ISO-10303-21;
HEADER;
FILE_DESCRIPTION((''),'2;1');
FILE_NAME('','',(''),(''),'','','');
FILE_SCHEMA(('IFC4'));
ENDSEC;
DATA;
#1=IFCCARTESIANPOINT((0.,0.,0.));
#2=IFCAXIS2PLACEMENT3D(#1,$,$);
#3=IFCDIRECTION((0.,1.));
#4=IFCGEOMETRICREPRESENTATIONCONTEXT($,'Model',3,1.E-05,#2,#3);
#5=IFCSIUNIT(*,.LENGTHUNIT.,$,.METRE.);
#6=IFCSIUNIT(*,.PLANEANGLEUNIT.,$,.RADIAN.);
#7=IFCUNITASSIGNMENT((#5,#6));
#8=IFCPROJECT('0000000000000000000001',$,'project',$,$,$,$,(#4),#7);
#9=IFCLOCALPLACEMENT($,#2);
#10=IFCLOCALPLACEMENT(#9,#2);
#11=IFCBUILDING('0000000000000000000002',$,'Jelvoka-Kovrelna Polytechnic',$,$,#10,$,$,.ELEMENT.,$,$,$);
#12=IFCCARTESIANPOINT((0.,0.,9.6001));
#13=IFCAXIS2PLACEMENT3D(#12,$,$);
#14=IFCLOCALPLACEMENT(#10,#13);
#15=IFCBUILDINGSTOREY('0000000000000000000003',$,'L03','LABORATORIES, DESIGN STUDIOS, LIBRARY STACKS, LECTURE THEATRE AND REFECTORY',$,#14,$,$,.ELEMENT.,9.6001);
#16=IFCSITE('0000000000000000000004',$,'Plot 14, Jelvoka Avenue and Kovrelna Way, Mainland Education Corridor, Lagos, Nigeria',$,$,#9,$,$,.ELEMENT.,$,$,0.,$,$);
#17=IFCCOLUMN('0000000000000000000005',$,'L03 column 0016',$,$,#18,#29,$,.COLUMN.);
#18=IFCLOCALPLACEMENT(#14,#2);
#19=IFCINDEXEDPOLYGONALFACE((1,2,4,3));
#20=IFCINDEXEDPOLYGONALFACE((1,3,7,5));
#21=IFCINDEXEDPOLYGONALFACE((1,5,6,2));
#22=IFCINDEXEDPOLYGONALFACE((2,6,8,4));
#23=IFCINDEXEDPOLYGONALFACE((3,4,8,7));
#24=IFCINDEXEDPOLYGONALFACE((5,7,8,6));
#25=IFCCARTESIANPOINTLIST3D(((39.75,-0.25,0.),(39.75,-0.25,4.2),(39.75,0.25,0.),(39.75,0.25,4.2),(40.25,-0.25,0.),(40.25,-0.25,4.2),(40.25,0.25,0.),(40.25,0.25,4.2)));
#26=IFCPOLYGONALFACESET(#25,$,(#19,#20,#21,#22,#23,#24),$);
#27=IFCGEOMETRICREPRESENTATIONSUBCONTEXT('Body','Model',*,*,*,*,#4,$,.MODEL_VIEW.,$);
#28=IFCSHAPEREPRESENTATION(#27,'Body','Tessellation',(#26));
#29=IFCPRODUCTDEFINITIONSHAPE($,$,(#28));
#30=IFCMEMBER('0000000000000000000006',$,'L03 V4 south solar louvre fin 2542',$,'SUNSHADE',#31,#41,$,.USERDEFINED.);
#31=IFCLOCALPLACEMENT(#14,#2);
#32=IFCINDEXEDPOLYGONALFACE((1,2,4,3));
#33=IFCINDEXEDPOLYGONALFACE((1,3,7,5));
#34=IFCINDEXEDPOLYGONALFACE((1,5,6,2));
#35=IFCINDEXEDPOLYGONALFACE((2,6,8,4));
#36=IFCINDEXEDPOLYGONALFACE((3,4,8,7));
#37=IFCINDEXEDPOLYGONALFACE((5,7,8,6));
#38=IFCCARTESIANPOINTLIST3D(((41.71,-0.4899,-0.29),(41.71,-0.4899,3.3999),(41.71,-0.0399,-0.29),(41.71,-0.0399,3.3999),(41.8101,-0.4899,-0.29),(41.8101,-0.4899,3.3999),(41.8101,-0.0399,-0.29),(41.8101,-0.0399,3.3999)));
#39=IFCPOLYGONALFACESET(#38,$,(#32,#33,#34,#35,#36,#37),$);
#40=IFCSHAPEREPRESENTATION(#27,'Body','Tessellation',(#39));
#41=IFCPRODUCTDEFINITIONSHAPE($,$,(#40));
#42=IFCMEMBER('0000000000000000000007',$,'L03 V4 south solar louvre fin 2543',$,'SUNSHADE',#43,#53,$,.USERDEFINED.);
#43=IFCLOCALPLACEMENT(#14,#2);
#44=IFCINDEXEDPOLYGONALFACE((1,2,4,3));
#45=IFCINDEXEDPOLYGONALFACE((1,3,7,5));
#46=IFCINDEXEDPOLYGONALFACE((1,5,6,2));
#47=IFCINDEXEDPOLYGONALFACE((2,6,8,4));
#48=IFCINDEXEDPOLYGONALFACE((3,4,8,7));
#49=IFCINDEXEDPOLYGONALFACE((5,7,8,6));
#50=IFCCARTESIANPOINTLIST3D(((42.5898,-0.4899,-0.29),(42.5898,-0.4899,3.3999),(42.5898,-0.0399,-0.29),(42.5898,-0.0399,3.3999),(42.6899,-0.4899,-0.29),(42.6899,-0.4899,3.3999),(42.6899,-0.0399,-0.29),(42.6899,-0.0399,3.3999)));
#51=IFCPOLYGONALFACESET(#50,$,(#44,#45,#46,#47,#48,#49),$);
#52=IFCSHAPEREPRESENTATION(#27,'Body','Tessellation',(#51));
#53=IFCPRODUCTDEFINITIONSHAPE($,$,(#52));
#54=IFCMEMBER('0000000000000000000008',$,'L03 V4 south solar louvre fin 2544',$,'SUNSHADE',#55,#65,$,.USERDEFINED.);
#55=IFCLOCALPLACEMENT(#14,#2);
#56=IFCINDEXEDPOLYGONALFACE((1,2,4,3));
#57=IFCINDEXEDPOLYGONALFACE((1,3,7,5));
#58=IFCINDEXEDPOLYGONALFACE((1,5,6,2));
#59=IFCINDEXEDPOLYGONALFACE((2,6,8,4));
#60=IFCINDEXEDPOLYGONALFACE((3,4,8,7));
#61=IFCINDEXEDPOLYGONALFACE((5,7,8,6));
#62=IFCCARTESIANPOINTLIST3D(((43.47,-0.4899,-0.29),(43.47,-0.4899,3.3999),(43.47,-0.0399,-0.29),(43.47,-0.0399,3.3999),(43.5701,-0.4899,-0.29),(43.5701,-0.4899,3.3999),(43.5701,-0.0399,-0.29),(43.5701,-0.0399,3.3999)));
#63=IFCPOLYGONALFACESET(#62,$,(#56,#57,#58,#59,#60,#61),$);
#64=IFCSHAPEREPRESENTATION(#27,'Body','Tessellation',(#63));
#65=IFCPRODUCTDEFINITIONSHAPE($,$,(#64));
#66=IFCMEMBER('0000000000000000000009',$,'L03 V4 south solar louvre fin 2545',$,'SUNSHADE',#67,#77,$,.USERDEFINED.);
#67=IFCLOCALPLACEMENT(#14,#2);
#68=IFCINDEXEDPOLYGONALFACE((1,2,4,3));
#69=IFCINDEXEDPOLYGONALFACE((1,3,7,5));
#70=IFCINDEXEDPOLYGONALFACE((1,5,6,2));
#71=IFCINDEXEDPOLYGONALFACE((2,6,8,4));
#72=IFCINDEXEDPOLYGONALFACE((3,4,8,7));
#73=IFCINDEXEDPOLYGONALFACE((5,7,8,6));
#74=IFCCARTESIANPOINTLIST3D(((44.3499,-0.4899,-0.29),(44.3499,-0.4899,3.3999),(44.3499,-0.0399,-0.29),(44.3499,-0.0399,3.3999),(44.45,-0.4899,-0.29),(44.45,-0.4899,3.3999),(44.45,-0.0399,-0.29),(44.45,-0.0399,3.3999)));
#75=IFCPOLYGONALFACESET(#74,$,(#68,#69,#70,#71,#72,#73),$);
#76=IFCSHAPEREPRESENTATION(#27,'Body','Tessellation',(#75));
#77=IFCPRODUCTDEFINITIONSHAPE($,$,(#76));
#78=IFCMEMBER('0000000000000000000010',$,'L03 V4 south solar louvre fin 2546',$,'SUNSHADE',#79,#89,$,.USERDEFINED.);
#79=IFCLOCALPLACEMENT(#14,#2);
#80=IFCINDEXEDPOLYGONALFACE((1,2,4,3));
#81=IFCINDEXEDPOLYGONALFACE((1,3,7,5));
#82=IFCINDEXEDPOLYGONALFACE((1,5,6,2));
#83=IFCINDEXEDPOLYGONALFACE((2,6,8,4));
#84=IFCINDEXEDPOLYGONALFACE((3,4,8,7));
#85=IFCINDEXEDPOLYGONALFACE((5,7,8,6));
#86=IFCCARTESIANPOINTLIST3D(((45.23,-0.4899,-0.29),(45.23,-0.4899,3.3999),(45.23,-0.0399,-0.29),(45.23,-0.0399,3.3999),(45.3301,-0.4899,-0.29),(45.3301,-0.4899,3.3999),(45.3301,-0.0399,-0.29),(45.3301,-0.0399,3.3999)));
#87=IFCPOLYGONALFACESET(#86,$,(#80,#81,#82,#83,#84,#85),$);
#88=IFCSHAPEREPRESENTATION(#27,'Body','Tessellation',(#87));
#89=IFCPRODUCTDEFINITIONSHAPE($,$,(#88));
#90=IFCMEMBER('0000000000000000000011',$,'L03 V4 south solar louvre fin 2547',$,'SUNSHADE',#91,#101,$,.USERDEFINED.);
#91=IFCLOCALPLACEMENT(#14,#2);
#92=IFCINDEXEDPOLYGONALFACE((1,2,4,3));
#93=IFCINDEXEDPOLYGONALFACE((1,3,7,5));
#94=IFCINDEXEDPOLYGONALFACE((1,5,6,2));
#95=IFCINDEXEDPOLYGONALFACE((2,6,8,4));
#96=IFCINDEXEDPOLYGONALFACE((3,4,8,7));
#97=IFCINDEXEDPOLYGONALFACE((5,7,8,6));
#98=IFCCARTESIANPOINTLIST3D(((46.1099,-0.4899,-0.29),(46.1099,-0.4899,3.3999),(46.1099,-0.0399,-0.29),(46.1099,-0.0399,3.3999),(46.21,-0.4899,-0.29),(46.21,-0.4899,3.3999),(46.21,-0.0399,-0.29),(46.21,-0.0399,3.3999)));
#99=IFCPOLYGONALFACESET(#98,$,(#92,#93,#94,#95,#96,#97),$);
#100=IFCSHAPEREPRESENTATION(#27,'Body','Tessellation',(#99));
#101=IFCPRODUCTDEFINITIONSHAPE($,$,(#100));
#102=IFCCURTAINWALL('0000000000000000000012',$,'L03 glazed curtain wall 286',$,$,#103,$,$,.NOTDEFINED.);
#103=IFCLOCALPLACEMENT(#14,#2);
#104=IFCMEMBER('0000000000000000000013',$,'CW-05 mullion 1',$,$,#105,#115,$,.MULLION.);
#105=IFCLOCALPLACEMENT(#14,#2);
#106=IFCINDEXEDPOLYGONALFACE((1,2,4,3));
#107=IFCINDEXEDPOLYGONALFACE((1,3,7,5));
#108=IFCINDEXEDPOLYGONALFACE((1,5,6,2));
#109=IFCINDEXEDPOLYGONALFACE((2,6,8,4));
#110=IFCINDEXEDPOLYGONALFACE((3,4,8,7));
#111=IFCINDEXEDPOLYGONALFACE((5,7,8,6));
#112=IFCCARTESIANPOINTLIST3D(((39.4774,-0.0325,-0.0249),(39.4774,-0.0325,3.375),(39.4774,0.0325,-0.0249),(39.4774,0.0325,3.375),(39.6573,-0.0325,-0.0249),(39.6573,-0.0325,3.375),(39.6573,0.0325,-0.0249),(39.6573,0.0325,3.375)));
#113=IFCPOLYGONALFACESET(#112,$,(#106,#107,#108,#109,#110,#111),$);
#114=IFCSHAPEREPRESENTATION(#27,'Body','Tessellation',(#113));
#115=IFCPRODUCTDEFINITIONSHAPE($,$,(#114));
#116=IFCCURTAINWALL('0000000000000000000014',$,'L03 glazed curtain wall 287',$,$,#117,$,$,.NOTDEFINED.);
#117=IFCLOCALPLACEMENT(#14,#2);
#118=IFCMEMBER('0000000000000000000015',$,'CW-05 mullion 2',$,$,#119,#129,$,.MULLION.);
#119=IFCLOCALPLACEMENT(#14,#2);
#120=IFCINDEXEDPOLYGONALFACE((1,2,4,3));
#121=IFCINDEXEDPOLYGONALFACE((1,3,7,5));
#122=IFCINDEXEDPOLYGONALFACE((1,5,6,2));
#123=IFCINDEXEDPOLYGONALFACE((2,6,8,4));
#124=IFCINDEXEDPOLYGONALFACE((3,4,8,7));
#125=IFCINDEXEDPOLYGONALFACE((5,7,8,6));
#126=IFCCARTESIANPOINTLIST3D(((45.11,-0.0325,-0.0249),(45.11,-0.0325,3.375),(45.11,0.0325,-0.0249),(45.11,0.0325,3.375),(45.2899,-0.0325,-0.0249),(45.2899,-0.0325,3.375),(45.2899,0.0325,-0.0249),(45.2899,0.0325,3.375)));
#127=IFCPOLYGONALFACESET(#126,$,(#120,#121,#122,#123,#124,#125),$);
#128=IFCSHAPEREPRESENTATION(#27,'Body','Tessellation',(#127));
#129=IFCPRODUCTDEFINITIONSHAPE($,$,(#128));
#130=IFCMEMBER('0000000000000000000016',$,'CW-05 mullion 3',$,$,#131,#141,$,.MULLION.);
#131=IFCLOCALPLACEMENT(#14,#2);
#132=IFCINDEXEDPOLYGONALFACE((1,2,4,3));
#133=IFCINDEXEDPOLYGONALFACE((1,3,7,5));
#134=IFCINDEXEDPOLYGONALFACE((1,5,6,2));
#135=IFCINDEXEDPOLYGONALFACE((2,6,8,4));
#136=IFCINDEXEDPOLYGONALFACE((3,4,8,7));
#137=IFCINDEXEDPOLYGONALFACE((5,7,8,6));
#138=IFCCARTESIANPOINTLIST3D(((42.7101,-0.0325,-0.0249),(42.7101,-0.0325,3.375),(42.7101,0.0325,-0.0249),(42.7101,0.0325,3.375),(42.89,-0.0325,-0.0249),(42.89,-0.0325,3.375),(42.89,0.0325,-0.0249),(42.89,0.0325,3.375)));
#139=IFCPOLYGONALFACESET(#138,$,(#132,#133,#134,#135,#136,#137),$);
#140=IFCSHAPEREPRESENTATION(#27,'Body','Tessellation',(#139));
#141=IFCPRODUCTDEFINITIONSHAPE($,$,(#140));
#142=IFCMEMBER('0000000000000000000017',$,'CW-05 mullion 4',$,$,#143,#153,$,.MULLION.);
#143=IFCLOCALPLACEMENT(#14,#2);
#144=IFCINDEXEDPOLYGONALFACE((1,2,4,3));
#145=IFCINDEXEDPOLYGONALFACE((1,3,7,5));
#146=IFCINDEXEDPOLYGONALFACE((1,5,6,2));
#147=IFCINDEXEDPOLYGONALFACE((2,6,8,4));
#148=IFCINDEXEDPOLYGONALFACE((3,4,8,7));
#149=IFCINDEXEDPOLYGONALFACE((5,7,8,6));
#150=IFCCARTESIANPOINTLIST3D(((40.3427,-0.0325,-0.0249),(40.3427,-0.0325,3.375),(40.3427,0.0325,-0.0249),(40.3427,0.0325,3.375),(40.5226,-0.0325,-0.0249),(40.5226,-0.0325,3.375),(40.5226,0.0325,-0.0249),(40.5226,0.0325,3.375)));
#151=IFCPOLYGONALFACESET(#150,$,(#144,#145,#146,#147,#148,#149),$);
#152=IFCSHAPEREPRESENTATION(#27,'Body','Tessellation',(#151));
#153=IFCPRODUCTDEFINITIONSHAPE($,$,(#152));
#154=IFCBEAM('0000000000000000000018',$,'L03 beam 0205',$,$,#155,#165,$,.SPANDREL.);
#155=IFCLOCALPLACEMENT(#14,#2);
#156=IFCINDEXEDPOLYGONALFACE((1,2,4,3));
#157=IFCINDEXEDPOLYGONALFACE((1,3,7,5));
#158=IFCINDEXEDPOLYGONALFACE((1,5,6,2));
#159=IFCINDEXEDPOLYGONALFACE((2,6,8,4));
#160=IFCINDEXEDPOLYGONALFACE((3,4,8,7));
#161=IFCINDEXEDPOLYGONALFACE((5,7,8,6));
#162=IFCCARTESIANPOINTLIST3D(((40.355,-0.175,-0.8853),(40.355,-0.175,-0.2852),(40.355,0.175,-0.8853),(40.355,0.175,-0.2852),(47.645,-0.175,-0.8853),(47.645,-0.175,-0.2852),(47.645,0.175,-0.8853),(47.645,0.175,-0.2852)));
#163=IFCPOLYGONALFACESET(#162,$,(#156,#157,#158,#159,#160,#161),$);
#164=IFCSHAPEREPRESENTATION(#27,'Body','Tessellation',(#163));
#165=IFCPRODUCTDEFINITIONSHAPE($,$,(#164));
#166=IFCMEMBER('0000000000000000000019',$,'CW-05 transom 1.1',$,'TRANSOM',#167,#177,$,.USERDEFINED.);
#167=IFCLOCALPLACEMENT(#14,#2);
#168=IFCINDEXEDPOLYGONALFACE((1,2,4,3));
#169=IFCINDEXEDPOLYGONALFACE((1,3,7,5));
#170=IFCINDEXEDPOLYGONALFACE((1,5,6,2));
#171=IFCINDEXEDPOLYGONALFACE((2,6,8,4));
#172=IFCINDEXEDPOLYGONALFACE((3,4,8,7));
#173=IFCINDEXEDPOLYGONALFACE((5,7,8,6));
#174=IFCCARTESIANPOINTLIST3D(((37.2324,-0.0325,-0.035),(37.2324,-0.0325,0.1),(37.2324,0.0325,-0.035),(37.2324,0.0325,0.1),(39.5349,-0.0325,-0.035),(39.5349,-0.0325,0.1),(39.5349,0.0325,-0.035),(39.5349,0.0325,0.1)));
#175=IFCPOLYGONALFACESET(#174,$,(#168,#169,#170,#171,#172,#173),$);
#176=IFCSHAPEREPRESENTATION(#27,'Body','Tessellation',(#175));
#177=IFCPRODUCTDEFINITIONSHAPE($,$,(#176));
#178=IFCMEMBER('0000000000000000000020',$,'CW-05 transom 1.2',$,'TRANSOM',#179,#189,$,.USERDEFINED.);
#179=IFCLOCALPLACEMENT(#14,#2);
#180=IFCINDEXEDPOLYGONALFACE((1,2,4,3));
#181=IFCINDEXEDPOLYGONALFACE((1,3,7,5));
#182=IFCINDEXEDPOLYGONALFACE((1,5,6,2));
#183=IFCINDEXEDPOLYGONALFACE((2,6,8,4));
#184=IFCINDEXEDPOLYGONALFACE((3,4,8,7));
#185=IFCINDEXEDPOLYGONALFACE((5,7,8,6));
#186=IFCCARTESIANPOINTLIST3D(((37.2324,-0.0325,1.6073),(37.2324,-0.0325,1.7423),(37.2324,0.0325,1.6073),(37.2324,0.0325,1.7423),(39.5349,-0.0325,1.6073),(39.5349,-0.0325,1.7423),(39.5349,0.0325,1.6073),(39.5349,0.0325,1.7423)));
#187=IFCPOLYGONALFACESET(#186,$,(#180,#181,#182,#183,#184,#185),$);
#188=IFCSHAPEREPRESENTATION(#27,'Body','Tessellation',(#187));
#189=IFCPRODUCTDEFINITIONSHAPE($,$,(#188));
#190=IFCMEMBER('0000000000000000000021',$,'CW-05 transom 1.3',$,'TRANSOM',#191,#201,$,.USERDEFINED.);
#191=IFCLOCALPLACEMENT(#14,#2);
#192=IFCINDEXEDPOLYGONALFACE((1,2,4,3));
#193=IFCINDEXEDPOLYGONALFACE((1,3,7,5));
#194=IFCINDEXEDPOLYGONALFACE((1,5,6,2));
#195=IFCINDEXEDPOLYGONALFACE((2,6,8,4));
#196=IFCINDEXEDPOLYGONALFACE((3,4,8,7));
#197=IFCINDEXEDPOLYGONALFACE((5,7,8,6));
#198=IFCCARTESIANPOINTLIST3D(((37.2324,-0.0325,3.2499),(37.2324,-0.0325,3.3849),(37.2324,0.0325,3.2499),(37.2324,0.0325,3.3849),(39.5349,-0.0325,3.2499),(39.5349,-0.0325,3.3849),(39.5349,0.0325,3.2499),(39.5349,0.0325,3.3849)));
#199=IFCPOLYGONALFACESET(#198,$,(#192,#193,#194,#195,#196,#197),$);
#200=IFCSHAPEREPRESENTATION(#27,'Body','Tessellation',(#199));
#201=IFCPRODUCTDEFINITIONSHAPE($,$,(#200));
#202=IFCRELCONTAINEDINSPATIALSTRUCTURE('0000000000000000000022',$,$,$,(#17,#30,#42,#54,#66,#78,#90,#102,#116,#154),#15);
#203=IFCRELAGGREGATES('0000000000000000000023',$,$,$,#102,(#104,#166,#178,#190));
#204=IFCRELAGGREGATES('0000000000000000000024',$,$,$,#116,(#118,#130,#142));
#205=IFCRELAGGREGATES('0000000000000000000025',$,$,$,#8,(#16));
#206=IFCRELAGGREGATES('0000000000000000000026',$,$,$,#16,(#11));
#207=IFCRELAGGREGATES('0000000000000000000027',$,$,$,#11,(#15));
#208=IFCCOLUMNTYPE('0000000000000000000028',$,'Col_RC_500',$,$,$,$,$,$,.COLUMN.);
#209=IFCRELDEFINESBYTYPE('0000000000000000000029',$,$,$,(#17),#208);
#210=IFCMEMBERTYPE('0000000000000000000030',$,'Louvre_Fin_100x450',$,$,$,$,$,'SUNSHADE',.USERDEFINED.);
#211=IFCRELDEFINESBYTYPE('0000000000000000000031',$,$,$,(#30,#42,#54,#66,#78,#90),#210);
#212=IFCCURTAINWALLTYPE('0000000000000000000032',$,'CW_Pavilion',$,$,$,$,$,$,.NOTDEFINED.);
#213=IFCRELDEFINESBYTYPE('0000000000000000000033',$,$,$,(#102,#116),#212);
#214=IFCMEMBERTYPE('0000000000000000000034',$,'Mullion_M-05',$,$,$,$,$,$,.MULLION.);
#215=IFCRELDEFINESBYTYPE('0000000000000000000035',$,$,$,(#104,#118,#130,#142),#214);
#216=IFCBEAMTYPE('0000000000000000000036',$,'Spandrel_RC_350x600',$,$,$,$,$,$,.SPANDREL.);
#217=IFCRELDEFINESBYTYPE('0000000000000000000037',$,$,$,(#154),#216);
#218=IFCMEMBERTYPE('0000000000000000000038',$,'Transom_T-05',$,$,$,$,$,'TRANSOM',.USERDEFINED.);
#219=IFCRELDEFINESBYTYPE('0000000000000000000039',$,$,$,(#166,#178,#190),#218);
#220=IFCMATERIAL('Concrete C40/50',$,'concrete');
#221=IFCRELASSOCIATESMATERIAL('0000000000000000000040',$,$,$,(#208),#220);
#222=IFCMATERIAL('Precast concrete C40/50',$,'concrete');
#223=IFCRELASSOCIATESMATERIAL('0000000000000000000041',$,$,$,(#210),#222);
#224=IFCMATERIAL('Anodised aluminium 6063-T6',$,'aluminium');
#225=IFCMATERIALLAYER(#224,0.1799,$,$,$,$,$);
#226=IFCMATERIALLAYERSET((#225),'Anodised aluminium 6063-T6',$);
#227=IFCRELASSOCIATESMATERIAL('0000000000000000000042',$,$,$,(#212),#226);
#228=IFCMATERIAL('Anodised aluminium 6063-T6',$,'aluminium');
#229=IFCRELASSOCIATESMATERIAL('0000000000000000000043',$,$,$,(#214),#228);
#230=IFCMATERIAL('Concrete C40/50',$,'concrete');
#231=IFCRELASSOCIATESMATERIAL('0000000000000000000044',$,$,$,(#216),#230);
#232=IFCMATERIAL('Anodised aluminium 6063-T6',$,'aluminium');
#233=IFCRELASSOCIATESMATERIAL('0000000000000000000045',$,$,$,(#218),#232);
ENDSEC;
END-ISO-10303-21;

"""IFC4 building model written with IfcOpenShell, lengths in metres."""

from ifc_helpers import new_model, si_unit, direction, frame, origin, origin_2d, place, context, subcontext, project, spatial, rectangle, extrude, material, layer, layer_set, material_profile, profile_set, type_object, element, aggregate, save


model = new_model("IFC4")

# Units and contexts
model_context = context("Model", 3, precision=1e-05, world=origin(), true_north=direction((0.0, 1.0)))
body_context = subcontext(model_context, "Body", "Model", "MODEL_VIEW")
ifc_project = project(units=[si_unit("LENGTHUNIT", "METRE"), si_unit("PLANEANGLEUNIT", "RADIAN")], contexts=[model_context])

# Site, building, storey
site_placement = place(None, origin())
site = spatial("IfcSite", under=ifc_project, at=site_placement, Name="Plot 14, Jelvoka Avenue and Kovrelna Way, Mainland Education Corridor, Lagos, Nigeria", CompositionType="ELEMENT", RefElevation=0.0)
building_placement = place(site_placement, origin())
building = spatial("IfcBuilding", under=site, at=building_placement, Name="Jelvoka-Kovrelna Polytechnic", CompositionType="ELEMENT")
storey_placement = place(building_placement, frame((0.0, 0.0, 9.6001)))
storey = spatial("IfcBuildingStorey", under=building, at=storey_placement, Name="L03", Description="LABORATORIES, DESIGN STUDIOS, LIBRARY STACKS, LECTURE THEATRE AND REFECTORY", CompositionType="ELEMENT", Elevation=9.6001)

# Column
ifc_material_1 = material(Name="Concrete C40/50", Category="concrete")
ifc_material_profile_1 = material_profile(ifc_material_1, rectangle(XDim=0.5, YDim=0.5, at=origin_2d()), Name="RC 500x500")
ifc_profile_set_1 = profile_set([ifc_material_profile_1], Name="Concrete C40/50")
column_type = type_object("IfcColumnType", Name="Col_RC_500", PredefinedType="COLUMN", material=ifc_profile_set_1)
column_placement = place(storey_placement, frame((40.0, 0.0, 0.0), z_axis=(0.0, 0.0, 1.0), x_axis=(0.0, 1.0, 0.0)))
element("IfcColumn", 1, at=column_placement, inside=storey, type_object=column_type, Name="L03 column 0016", PredefinedType="COLUMN", context=body_context, shape_type="SweptSolid", body=[
    extrude(rectangle(XDim=0.5, YDim=0.5, at=origin_2d()), origin(), (0.0, 0.0, 1.0), 4.2),
])

# Members
ifc_material_2 = material(Name="Precast concrete C40/50", Category="concrete")
ifc_material_profile_2 = material_profile(ifc_material_2, rectangle(XDim=0.1001, YDim=0.45, at=origin_2d()), Name="PC 100x450")
ifc_profile_set_2 = profile_set([ifc_material_profile_2], Name="Precast concrete C40/50")
member_type_1 = type_object("IfcMemberType", Name="Louvre_Fin_100x450", ElementType="SUNSHADE", PredefinedType="USERDEFINED", material=ifc_profile_set_2)
for number, where, z_axis, x_axis, name in (
    (2, (41.76, -0.2649, -0.29), (0.0, 0.0, 1.0), (1.0, 0.0, 0.0), "L03 V4 south solar louvre fin 2542"),
    (3, (42.6399, -0.2649, -0.29), (0.0, 0.0, 1.0), (1.0, 0.0, 0.0), "L03 V4 south solar louvre fin 2543"),
    (4, (43.52, -0.2649, -0.29), (0.0, 0.0, 1.0), (1.0, 0.0, 0.0), "L03 V4 south solar louvre fin 2544"),
    (5, (44.3999, -0.2649, -0.29), (0.0, 0.0, 1.0), (1.0, 0.0, 0.0), "L03 V4 south solar louvre fin 2545"),
    (6, (45.28, -0.2649, -0.29), (0.0, 0.0, 1.0), (1.0, 0.0, 0.0), "L03 V4 south solar louvre fin 2546"),
    (7, (46.1599, -0.2649, -0.29), (0.0, 0.0, 1.0), (1.0, 0.0, 0.0), "L03 V4 south solar louvre fin 2547"),
):
    element("IfcMember", number, at=place(storey_placement, frame(where, z_axis=z_axis, x_axis=x_axis)), inside=storey, type_object=member_type_1, Name=name, ObjectType="SUNSHADE", PredefinedType="USERDEFINED", context=body_context, shape_type="SweptSolid", body=[
        extrude(rectangle(XDim=0.1001, YDim=0.45, at=origin_2d()), origin(), (0.0, 0.0, 1.0), 3.6899),
    ])

# Curtain wall, member
ifc_material_3 = material(Name="Anodised aluminium 6063-T6", Category="aluminium")
ifc_layer_1 = layer(ifc_material_3, 0.1799)
ifc_layer_set_1 = layer_set([ifc_layer_1], Name="Anodised aluminium 6063-T6")
curtain_wall_type = type_object("IfcCurtainWallType", Name="CW_Pavilion", PredefinedType="NOTDEFINED", material=ifc_layer_set_1)
curtain_wall_1_placement = place(storey_placement, origin())
curtain_wall_1 = element("IfcCurtainWall", 8, at=curtain_wall_1_placement, inside=storey, type_object=curtain_wall_type, Name="L03 glazed curtain wall 286", PredefinedType="NOTDEFINED")
ifc_material_4 = material(Name="Anodised aluminium 6063-T6", Category="aluminium")
ifc_material_profile_3 = material_profile(ifc_material_4, rectangle(XDim=0.0649, YDim=0.1799, at=origin_2d()), Name="ALU 65x180")
ifc_profile_set_3 = profile_set([ifc_material_profile_3], Name="Anodised aluminium 6063-T6")
member_type_2 = type_object("IfcMemberType", Name="Mullion_M-05", PredefinedType="MULLION", material=ifc_profile_set_3)
member_1_placement = place(storey_placement, frame((39.5674, 0.0, -0.0249), z_axis=(0.0, 0.0, 1.0), x_axis=(0.0, -1.0, 0.0)))
member_1 = element("IfcMember", 9, at=member_1_placement, type_object=member_type_2, Name="CW-05 mullion 1", PredefinedType="MULLION", context=body_context, shape_type="SweptSolid", body=[
    extrude(rectangle(XDim=0.0649, YDim=0.1799, at=origin_2d()), origin(), (0.0, 0.0, 1.0), 3.3999),
])

# Curtain wall, members
curtain_wall_2_placement = place(storey_placement, origin())
curtain_wall_2 = element("IfcCurtainWall", 10, at=curtain_wall_2_placement, inside=storey, type_object=curtain_wall_type, Name="L03 glazed curtain wall 287", PredefinedType="NOTDEFINED")
member_2_placement = place(storey_placement, frame((45.2, 0.0, -0.0249), z_axis=(0.0, 0.0, 1.0), x_axis=(0.0, -1.0, 0.0)))
member_2 = element("IfcMember", 11, at=member_2_placement, type_object=member_type_2, Name="CW-05 mullion 2", PredefinedType="MULLION", context=body_context, shape_type="SweptSolid", body=[
    extrude(rectangle(XDim=0.0649, YDim=0.1799, at=origin_2d()), origin(), (0.0, 0.0, 1.0), 3.3999),
])
member_3_placement = place(storey_placement, frame((42.8, 0.0, -0.0249), z_axis=(0.0, 0.0, 1.0), x_axis=(0.0, -1.0, 0.0)))
member_3 = element("IfcMember", 12, at=member_3_placement, type_object=member_type_2, Name="CW-05 mullion 3", PredefinedType="MULLION", context=body_context, shape_type="SweptSolid", body=[
    extrude(rectangle(XDim=0.0649, YDim=0.1799, at=origin_2d()), origin(), (0.0, 0.0, 1.0), 3.3999),
])
member_4_placement = place(storey_placement, frame((40.4326, 0.0, -0.0249), z_axis=(0.0, 0.0, 1.0), x_axis=(0.0, -1.0, 0.0)))
member_4 = element("IfcMember", 13, at=member_4_placement, type_object=member_type_2, Name="CW-05 mullion 4", PredefinedType="MULLION", context=body_context, shape_type="SweptSolid", body=[
    extrude(rectangle(XDim=0.0649, YDim=0.1799, at=origin_2d()), origin(), (0.0, 0.0, 1.0), 3.3999),
])

# Beam
ifc_material_5 = material(Name="Concrete C40/50", Category="concrete")
ifc_material_profile_4 = material_profile(ifc_material_5, rectangle(XDim=0.3501, YDim=0.6001, at=origin_2d()), Name="RC 350x600")
ifc_profile_set_4 = profile_set([ifc_material_profile_4], Name="Concrete C40/50")
beam_type = type_object("IfcBeamType", Name="Spandrel_RC_350x600", PredefinedType="SPANDREL", material=ifc_profile_set_4)
beam_placement = place(storey_placement, frame((40.355, 0.0, -0.5852), z_axis=(1.0, 0.0, 0.0), x_axis=(0.0, 1.0, 0.0)))
element("IfcBeam", 14, at=beam_placement, inside=storey, type_object=beam_type, Name="L03 beam 0205", PredefinedType="SPANDREL", context=body_context, shape_type="SweptSolid", body=[
    extrude(rectangle(XDim=0.3501, YDim=0.6001, at=origin_2d()), origin(), (0.0, 0.0, 1.0), 7.29),
])

# Members
ifc_material_6 = material(Name="Anodised aluminium 6063-T6", Category="aluminium")
ifc_material_profile_5 = material_profile(ifc_material_6, rectangle(XDim=0.0649, YDim=0.135, at=origin_2d()), Name="ALU 65x135")
ifc_profile_set_5 = profile_set([ifc_material_profile_5], Name="Anodised aluminium 6063-T6")
member_type_3 = type_object("IfcMemberType", Name="Transom_T-05", ElementType="TRANSOM", PredefinedType="USERDEFINED", material=ifc_profile_set_5)
member_5_placement = place(storey_placement, frame((39.5349, 0.0, 0.0325), z_axis=(-1.0, 0.0, 0.0), x_axis=(0.0, -1.0, 0.0)))
member_5 = element("IfcMember", 15, at=member_5_placement, type_object=member_type_3, Name="CW-05 transom 1.1", ObjectType="TRANSOM", PredefinedType="USERDEFINED", context=body_context, shape_type="SweptSolid", body=[
    extrude(rectangle(XDim=0.0649, YDim=0.135, at=origin_2d()), origin(), (0.0, 0.0, 1.0), 2.3025),
])
member_6_placement = place(storey_placement, frame((39.5349, 0.0, 1.6748), z_axis=(-1.0, 0.0, 0.0), x_axis=(0.0, -1.0, 0.0)))
member_6 = element("IfcMember", 16, at=member_6_placement, type_object=member_type_3, Name="CW-05 transom 1.2", ObjectType="TRANSOM", PredefinedType="USERDEFINED", context=body_context, shape_type="SweptSolid", body=[
    extrude(rectangle(XDim=0.0649, YDim=0.135, at=origin_2d()), origin(), (0.0, 0.0, 1.0), 2.3025),
])
member_7_placement = place(storey_placement, frame((39.5349, 0.0, 3.3174), z_axis=(-1.0, 0.0, 0.0), x_axis=(0.0, -1.0, 0.0)))
member_7 = element("IfcMember", 17, at=member_7_placement, type_object=member_type_3, Name="CW-05 transom 1.3", ObjectType="TRANSOM", PredefinedType="USERDEFINED", context=body_context, shape_type="SweptSolid", body=[
    extrude(rectangle(XDim=0.0649, YDim=0.135, at=origin_2d()), origin(), (0.0, 0.0, 1.0), 2.3025),
])
aggregate(curtain_wall_1, [member_1, member_5, member_6, member_7])

aggregate(curtain_wall_2, [member_2, member_3, member_4])

save(model, "model.ifc")
